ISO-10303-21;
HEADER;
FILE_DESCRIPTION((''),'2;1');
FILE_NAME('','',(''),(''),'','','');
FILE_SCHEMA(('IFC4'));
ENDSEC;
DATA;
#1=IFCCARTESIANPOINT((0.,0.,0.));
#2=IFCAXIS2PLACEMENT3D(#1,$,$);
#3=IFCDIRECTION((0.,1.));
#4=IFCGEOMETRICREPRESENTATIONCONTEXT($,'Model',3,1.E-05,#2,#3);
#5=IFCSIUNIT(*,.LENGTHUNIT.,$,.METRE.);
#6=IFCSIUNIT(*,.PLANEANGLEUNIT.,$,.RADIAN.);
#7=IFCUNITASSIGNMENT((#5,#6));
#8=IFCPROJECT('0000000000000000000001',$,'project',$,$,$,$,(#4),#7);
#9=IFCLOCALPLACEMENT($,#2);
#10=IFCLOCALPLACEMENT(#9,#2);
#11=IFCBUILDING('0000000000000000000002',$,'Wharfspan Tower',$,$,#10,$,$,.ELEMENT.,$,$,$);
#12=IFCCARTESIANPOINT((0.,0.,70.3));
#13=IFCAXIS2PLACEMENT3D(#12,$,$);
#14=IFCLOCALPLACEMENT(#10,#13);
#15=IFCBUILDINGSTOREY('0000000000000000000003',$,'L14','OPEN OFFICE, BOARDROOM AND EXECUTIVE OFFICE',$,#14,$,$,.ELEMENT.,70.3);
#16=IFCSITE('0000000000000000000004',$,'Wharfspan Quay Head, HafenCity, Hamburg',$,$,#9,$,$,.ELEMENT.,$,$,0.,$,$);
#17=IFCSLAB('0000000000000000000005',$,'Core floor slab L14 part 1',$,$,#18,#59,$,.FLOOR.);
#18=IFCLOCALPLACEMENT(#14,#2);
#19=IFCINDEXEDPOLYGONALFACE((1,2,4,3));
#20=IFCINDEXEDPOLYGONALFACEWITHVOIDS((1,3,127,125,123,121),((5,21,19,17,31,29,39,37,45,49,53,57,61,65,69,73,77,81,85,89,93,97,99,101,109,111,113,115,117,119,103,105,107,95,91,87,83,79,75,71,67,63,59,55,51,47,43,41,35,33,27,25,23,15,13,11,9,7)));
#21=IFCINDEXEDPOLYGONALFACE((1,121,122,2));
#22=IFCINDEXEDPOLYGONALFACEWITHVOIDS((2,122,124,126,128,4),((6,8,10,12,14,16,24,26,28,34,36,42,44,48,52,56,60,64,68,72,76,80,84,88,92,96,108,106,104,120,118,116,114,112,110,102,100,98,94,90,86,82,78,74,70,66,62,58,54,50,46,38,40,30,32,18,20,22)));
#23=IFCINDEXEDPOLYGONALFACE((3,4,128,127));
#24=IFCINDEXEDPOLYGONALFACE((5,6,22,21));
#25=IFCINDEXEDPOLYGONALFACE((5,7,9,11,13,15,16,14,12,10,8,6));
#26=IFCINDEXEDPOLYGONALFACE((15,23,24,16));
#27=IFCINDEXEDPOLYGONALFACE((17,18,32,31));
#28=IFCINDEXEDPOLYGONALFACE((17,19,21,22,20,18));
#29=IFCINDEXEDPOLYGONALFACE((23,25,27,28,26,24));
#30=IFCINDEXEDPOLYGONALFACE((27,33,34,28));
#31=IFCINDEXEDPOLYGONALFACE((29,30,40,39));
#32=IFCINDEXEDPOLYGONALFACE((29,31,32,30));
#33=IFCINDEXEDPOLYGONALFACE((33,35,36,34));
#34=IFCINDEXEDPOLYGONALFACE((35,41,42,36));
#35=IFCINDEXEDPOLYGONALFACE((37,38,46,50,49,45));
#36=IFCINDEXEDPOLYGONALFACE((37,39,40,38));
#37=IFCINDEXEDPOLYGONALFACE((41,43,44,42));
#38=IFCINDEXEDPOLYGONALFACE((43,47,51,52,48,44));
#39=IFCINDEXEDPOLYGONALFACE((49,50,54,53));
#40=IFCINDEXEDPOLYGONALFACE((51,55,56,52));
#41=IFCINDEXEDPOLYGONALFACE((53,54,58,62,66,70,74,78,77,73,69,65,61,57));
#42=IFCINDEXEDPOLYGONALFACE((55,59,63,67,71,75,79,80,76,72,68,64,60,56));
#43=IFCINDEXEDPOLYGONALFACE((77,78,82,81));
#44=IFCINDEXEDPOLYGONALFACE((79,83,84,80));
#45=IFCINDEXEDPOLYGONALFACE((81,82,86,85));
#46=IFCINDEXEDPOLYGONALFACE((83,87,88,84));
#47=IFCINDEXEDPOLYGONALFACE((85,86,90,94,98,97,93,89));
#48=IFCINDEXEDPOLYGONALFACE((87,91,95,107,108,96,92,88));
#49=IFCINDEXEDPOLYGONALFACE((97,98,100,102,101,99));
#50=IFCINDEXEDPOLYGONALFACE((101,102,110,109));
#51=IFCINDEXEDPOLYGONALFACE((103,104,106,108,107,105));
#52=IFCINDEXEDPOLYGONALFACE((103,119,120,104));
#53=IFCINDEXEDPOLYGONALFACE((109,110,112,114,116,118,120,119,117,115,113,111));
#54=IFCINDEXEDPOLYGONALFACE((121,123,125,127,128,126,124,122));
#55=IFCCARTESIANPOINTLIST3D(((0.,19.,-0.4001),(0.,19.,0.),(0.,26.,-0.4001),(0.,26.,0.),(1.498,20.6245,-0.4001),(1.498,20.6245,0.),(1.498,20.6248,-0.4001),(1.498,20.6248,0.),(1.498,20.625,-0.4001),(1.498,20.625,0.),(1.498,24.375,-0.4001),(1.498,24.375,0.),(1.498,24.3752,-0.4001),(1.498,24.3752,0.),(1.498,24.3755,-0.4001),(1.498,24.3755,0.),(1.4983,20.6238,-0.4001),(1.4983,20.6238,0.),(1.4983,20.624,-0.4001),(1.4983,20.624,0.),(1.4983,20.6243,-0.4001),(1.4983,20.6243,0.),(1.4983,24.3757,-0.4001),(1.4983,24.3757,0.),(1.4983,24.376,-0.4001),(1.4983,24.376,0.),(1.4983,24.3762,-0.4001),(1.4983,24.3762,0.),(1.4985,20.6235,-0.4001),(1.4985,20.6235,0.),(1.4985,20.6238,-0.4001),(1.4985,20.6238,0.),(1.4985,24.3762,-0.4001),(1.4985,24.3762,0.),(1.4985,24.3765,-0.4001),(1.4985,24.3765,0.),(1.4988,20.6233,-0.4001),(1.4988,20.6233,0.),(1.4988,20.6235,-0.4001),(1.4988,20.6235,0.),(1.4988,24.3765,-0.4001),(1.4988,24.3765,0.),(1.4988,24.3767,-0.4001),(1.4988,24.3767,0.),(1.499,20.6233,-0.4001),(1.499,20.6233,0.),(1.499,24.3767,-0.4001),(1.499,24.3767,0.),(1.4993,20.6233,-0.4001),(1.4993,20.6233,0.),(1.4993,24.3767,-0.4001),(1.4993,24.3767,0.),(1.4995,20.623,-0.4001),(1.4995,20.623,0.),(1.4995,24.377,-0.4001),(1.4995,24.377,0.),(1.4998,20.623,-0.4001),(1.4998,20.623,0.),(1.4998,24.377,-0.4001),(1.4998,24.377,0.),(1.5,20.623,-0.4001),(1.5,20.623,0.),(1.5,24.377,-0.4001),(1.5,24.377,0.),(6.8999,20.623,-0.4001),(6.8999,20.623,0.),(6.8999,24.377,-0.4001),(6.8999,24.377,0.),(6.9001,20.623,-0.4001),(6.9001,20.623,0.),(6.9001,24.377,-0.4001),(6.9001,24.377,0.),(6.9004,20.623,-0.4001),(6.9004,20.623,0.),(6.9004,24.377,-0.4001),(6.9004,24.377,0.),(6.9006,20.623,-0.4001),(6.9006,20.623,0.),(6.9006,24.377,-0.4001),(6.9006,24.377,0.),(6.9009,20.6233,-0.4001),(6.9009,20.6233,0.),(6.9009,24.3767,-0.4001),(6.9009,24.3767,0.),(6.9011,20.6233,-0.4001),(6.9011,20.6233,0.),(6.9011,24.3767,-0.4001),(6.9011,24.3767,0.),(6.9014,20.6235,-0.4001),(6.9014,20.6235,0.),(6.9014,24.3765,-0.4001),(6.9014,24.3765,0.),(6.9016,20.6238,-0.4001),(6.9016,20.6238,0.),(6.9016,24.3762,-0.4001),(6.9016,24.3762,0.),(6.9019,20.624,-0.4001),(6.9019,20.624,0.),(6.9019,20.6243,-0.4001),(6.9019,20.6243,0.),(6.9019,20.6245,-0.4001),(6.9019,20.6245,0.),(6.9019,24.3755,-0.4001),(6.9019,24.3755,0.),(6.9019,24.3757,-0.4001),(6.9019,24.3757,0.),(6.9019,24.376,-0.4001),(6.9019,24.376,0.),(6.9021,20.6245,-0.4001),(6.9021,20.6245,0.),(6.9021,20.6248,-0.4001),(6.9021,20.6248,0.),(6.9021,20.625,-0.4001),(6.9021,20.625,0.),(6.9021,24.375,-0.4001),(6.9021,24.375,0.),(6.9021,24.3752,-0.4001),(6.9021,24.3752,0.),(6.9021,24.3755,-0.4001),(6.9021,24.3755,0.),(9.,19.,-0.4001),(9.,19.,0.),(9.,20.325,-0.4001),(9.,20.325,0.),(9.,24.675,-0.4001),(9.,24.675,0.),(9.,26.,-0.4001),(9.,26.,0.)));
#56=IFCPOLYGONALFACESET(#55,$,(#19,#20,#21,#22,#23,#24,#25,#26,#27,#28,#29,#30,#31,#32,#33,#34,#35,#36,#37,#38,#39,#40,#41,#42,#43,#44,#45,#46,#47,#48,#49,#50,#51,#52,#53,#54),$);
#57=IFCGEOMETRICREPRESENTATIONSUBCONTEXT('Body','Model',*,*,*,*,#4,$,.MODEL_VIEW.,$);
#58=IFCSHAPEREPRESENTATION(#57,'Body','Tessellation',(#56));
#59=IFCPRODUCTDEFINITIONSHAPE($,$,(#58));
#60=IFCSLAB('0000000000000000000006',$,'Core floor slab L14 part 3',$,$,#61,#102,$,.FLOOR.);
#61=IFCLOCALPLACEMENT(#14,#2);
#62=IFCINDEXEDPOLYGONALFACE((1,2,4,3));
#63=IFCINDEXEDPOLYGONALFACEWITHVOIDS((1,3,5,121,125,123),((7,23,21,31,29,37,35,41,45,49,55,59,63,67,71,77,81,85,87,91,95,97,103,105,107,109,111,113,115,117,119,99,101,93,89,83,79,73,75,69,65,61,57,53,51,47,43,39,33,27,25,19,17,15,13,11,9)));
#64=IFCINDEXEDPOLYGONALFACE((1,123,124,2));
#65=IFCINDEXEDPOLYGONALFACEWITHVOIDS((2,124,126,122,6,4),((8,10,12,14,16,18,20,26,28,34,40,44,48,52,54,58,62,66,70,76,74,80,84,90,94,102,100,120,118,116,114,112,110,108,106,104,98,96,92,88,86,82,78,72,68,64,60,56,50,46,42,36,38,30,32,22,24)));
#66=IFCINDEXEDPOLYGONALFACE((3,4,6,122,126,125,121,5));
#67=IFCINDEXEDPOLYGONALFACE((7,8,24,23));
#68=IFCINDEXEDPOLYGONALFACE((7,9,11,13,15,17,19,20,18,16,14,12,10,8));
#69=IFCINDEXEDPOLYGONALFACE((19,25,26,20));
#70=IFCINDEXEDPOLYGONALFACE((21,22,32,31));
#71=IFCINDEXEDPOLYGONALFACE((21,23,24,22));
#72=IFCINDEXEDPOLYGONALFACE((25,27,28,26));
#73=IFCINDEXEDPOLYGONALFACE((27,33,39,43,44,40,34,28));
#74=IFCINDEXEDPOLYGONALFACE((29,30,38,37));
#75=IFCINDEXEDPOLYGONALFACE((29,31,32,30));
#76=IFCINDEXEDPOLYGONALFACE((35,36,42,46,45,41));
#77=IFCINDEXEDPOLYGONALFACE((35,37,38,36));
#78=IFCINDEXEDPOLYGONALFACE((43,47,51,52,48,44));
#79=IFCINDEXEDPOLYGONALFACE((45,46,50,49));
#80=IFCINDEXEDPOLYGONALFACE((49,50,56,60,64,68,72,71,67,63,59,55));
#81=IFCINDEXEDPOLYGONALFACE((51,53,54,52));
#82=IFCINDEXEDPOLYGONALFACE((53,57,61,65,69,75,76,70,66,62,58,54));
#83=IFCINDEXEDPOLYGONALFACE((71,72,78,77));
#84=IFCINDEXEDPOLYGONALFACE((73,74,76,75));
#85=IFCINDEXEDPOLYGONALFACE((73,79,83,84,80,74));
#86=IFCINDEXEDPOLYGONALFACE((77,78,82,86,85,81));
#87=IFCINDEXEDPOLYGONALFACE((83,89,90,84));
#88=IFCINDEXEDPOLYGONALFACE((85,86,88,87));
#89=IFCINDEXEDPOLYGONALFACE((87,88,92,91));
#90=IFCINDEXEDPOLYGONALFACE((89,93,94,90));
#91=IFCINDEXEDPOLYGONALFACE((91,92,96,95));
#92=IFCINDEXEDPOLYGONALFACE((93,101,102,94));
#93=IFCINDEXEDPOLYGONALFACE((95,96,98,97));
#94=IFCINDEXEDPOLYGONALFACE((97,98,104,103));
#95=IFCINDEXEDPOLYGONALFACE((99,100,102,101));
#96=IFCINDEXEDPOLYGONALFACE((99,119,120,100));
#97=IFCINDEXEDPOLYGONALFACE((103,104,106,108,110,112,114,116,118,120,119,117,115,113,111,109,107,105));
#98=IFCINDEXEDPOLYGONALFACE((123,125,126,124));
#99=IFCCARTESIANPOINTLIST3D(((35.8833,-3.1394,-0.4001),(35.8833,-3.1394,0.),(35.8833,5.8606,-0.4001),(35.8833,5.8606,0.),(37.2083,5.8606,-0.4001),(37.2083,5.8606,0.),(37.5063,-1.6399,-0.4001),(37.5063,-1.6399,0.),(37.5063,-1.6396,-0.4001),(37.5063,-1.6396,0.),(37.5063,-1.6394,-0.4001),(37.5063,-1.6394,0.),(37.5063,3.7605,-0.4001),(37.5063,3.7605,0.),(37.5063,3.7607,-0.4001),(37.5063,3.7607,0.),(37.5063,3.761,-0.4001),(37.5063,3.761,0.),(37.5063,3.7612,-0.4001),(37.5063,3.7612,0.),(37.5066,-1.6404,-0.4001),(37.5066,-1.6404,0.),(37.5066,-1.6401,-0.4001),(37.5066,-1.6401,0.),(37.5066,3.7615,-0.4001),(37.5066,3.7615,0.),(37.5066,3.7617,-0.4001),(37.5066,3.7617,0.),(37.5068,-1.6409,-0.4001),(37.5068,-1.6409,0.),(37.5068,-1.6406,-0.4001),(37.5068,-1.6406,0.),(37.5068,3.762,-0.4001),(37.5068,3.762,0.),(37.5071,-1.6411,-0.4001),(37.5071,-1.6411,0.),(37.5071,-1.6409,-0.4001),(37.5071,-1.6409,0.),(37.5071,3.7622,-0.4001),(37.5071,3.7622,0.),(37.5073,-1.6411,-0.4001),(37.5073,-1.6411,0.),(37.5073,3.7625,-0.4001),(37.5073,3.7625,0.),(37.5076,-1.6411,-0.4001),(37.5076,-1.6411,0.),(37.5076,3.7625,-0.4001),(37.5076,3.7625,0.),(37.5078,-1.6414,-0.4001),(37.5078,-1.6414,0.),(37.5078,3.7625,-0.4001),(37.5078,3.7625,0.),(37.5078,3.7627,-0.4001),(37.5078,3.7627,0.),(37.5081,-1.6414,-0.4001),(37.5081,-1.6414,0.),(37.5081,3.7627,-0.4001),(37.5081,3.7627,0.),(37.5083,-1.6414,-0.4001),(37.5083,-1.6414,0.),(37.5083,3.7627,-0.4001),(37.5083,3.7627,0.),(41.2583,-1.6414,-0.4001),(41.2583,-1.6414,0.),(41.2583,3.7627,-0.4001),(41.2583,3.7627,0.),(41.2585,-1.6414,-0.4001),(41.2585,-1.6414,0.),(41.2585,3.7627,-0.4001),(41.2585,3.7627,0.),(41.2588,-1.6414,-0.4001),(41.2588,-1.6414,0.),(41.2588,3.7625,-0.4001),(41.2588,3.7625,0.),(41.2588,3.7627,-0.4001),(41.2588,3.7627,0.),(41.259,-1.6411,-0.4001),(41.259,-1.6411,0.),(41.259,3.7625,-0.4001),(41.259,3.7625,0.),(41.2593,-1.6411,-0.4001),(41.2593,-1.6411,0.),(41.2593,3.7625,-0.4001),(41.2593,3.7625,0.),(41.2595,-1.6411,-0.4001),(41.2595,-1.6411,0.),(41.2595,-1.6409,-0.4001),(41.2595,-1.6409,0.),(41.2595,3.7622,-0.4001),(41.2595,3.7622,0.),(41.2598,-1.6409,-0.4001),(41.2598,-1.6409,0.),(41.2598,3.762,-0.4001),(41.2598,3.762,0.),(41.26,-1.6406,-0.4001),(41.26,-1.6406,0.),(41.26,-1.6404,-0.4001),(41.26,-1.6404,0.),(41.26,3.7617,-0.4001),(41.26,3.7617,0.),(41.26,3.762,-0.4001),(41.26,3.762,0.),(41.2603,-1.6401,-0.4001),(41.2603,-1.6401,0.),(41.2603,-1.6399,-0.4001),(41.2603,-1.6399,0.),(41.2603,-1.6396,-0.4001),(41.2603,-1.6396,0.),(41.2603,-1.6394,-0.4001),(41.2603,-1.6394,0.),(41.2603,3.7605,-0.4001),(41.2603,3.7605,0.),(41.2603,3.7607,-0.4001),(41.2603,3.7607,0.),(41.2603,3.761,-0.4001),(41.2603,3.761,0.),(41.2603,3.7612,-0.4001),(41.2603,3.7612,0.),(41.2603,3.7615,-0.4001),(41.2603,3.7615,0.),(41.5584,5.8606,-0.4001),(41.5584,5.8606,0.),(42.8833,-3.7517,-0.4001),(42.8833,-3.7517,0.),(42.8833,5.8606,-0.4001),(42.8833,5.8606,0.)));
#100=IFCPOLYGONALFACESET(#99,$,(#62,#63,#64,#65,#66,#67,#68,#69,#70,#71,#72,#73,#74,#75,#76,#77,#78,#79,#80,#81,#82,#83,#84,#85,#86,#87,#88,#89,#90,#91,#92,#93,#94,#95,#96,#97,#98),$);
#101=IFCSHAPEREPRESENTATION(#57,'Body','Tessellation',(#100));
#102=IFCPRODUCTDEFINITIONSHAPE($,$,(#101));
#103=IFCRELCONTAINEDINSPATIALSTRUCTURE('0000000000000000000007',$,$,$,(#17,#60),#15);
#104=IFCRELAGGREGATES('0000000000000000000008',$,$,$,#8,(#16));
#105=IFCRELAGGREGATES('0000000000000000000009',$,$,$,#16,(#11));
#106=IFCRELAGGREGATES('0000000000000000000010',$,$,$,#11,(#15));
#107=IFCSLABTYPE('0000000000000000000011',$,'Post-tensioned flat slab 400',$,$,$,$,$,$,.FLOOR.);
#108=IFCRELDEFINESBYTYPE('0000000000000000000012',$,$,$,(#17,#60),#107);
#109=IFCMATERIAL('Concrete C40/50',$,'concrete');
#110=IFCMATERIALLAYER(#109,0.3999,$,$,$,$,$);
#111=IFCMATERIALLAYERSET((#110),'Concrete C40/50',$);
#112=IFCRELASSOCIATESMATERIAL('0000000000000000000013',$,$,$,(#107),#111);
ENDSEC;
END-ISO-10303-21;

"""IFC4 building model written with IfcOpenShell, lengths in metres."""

from ifc_helpers import new_model, si_unit, direction, frame, origin, place, context, subcontext, project, spatial, polyline, outline, extrude, material, layer, layer_set, type_object, element, save


model = new_model("IFC4")

# Units and contexts
model_context = context("Model", 3, precision=1e-05, world=origin(), true_north=direction((0.0, 1.0)))
body_context = subcontext(model_context, "Body", "Model", "MODEL_VIEW")
ifc_project = project(units=[si_unit("LENGTHUNIT", "METRE"), si_unit("PLANEANGLEUNIT", "RADIAN")], contexts=[model_context])

# Site, building, storey
site_placement = place(None, origin())
site = spatial("IfcSite", under=ifc_project, at=site_placement, Name="Wharfspan Quay Head, HafenCity, Hamburg", CompositionType="ELEMENT", RefElevation=0.0)
building_placement = place(site_placement, origin())
building = spatial("IfcBuilding", under=site, at=building_placement, Name="Wharfspan Tower", CompositionType="ELEMENT")
storey_placement = place(building_placement, frame((0.0, 0.0, 70.3)))
storey = spatial("IfcBuildingStorey", under=building, at=storey_placement, Name="L14", Description="OPEN OFFICE, BOARDROOM AND EXECUTIVE OFFICE", CompositionType="ELEMENT", Elevation=70.3)

# Slabs
ifc_material_1 = material(Name="Concrete C40/50", Category="concrete")
ifc_layer_1 = layer(ifc_material_1, 0.3999)
ifc_layer_set_1 = layer_set([ifc_layer_1], Name="Concrete C40/50")
slab_type_1 = type_object("IfcSlabType", Name="Post-tensioned flat slab 400", PredefinedType="FLOOR", material=ifc_layer_set_1)
slab_1_placement = place(storey_placement, frame((0.0, 0.0, -0.4001)))
element("IfcSlab", 1, at=slab_1_placement, inside=storey, type_object=slab_type_1, Name="Core floor slab L14 part 1", PredefinedType="FLOOR", context=body_context, shape_type="SweptSolid", body=[
    extrude(outline(polyline([(9.0, 20.325), (9.0, 24.675), (9.0, 26.0), (0.0, 26.0), (0.0, 19.0), (9.0, 19.0), (9.0, 20.325)]), holes=[polyline([(6.9021, 20.625), (6.9021, 20.6248), (6.9021, 20.6245), (6.9019, 20.6245), (6.9019, 20.6243), (6.9019, 20.624), (6.9016, 20.6238), (6.9016, 20.6238), (6.9014, 20.6235), (6.9014, 20.6235), (6.9011, 20.6233), (6.9009, 20.6233), (6.9009, 20.6233), (6.9006, 20.623), (6.9004, 20.623), (6.9001, 20.623), (6.8999, 20.623), (1.5, 20.623), (1.4998, 20.623), (1.4995, 20.623), (1.4995, 20.623), (1.4993, 20.6233), (1.499, 20.6233), (1.4988, 20.6233), (1.4988, 20.6235), (1.4985, 20.6235), (1.4985, 20.6238), (1.4983, 20.6238), (1.4983, 20.624), (1.4983, 20.6243), (1.498, 20.6245), (1.498, 20.6245), (1.498, 20.6248), (1.498, 20.625), (1.498, 24.375), (1.498, 24.3752), (1.498, 24.3755), (1.498, 24.3755), (1.4983, 24.3757), (1.4983, 24.376), (1.4983, 24.3762), (1.4985, 24.3762), (1.4985, 24.3765), (1.4988, 24.3765), (1.4988, 24.3767), (1.499, 24.3767), (1.4993, 24.3767), (1.4995, 24.377), (1.4995, 24.377), (1.4998, 24.377), (1.5, 24.377), (6.8999, 24.377), (6.9001, 24.377), (6.9004, 24.377), (6.9006, 24.377), (6.9009, 24.3767), (6.9009, 24.3767), (6.9011, 24.3767), (6.9014, 24.3765), (6.9014, 24.3765), (6.9016, 24.3762), (6.9016, 24.3762), (6.9019, 24.376), (6.9019, 24.3757), (6.9019, 24.3755), (6.9021, 24.3755), (6.9021, 24.3752), (6.9021, 24.375), (6.9021, 20.625)])]), origin(), (0.0, 0.0, 1.0), 0.4001),
])
slab_2_placement = place(storey_placement, frame((0.0, 0.0, -0.4001)))
element("IfcSlab", 2, at=slab_2_placement, inside=storey, type_object=slab_type_1, Name="Core floor slab L14 part 3", PredefinedType="FLOOR", context=body_context, shape_type="SweptSolid", body=[
    extrude(outline(polyline([(41.5583, 5.8606), (37.2083, 5.8606), (35.8833, 5.8606), (35.8833, -3.1394), (42.8833, -3.7517), (42.8833, 5.8606), (41.5583, 5.8606)]), holes=[polyline([(37.5063, 3.7605), (37.5063, 3.7607), (37.5063, 3.761), (37.5063, 3.7612), (37.5066, 3.7615), (37.5066, 3.7617), (37.5066, 3.7617), (37.5068, 3.762), (37.5068, 3.762), (37.5071, 3.7622), (37.5071, 3.7622), (37.5073, 3.7625), (37.5076, 3.7625), (37.5078, 3.7625), (37.5078, 3.7627), (37.5081, 3.7627), (37.5083, 3.7627), (41.2583, 3.7627), (41.2585, 3.7627), (41.2588, 3.7627), (41.2588, 3.7625), (41.259, 3.7625), (41.2593, 3.7625), (41.2595, 3.7622), (41.2595, 3.7622), (41.2598, 3.762), (41.26, 3.762), (41.26, 3.7617), (41.26, 3.7617), (41.2603, 3.7615), (41.2603, 3.7612), (41.2603, 3.761), (41.2603, 3.7607), (41.2603, 3.7605), (41.2603, -1.6394), (41.2603, -1.6396), (41.2603, -1.6399), (41.2603, -1.6399), (41.2603, -1.6401), (41.26, -1.6404), (41.26, -1.6404), (41.26, -1.6406), (41.2598, -1.6409), (41.2595, -1.6409), (41.2595, -1.6411), (41.2593, -1.6411), (41.259, -1.6411), (41.2588, -1.6414), (41.2588, -1.6414), (41.2585, -1.6414), (41.2583, -1.6414), (37.5083, -1.6414), (37.5081, -1.6414), (37.5078, -1.6414), (37.5078, -1.6414), (37.5076, -1.6411), (37.5073, -1.6411), (37.5071, -1.6411), (37.5071, -1.6409), (37.5068, -1.6409), (37.5068, -1.6406), (37.5066, -1.6404), (37.5066, -1.6404), (37.5066, -1.6401), (37.5063, -1.6399), (37.5063, -1.6399), (37.5063, -1.6396), (37.5063, -1.6394), (37.5063, 3.7605)])]), origin(), (0.0, 0.0, 1.0), 0.4001),
])

save(model, "model.ifc")
